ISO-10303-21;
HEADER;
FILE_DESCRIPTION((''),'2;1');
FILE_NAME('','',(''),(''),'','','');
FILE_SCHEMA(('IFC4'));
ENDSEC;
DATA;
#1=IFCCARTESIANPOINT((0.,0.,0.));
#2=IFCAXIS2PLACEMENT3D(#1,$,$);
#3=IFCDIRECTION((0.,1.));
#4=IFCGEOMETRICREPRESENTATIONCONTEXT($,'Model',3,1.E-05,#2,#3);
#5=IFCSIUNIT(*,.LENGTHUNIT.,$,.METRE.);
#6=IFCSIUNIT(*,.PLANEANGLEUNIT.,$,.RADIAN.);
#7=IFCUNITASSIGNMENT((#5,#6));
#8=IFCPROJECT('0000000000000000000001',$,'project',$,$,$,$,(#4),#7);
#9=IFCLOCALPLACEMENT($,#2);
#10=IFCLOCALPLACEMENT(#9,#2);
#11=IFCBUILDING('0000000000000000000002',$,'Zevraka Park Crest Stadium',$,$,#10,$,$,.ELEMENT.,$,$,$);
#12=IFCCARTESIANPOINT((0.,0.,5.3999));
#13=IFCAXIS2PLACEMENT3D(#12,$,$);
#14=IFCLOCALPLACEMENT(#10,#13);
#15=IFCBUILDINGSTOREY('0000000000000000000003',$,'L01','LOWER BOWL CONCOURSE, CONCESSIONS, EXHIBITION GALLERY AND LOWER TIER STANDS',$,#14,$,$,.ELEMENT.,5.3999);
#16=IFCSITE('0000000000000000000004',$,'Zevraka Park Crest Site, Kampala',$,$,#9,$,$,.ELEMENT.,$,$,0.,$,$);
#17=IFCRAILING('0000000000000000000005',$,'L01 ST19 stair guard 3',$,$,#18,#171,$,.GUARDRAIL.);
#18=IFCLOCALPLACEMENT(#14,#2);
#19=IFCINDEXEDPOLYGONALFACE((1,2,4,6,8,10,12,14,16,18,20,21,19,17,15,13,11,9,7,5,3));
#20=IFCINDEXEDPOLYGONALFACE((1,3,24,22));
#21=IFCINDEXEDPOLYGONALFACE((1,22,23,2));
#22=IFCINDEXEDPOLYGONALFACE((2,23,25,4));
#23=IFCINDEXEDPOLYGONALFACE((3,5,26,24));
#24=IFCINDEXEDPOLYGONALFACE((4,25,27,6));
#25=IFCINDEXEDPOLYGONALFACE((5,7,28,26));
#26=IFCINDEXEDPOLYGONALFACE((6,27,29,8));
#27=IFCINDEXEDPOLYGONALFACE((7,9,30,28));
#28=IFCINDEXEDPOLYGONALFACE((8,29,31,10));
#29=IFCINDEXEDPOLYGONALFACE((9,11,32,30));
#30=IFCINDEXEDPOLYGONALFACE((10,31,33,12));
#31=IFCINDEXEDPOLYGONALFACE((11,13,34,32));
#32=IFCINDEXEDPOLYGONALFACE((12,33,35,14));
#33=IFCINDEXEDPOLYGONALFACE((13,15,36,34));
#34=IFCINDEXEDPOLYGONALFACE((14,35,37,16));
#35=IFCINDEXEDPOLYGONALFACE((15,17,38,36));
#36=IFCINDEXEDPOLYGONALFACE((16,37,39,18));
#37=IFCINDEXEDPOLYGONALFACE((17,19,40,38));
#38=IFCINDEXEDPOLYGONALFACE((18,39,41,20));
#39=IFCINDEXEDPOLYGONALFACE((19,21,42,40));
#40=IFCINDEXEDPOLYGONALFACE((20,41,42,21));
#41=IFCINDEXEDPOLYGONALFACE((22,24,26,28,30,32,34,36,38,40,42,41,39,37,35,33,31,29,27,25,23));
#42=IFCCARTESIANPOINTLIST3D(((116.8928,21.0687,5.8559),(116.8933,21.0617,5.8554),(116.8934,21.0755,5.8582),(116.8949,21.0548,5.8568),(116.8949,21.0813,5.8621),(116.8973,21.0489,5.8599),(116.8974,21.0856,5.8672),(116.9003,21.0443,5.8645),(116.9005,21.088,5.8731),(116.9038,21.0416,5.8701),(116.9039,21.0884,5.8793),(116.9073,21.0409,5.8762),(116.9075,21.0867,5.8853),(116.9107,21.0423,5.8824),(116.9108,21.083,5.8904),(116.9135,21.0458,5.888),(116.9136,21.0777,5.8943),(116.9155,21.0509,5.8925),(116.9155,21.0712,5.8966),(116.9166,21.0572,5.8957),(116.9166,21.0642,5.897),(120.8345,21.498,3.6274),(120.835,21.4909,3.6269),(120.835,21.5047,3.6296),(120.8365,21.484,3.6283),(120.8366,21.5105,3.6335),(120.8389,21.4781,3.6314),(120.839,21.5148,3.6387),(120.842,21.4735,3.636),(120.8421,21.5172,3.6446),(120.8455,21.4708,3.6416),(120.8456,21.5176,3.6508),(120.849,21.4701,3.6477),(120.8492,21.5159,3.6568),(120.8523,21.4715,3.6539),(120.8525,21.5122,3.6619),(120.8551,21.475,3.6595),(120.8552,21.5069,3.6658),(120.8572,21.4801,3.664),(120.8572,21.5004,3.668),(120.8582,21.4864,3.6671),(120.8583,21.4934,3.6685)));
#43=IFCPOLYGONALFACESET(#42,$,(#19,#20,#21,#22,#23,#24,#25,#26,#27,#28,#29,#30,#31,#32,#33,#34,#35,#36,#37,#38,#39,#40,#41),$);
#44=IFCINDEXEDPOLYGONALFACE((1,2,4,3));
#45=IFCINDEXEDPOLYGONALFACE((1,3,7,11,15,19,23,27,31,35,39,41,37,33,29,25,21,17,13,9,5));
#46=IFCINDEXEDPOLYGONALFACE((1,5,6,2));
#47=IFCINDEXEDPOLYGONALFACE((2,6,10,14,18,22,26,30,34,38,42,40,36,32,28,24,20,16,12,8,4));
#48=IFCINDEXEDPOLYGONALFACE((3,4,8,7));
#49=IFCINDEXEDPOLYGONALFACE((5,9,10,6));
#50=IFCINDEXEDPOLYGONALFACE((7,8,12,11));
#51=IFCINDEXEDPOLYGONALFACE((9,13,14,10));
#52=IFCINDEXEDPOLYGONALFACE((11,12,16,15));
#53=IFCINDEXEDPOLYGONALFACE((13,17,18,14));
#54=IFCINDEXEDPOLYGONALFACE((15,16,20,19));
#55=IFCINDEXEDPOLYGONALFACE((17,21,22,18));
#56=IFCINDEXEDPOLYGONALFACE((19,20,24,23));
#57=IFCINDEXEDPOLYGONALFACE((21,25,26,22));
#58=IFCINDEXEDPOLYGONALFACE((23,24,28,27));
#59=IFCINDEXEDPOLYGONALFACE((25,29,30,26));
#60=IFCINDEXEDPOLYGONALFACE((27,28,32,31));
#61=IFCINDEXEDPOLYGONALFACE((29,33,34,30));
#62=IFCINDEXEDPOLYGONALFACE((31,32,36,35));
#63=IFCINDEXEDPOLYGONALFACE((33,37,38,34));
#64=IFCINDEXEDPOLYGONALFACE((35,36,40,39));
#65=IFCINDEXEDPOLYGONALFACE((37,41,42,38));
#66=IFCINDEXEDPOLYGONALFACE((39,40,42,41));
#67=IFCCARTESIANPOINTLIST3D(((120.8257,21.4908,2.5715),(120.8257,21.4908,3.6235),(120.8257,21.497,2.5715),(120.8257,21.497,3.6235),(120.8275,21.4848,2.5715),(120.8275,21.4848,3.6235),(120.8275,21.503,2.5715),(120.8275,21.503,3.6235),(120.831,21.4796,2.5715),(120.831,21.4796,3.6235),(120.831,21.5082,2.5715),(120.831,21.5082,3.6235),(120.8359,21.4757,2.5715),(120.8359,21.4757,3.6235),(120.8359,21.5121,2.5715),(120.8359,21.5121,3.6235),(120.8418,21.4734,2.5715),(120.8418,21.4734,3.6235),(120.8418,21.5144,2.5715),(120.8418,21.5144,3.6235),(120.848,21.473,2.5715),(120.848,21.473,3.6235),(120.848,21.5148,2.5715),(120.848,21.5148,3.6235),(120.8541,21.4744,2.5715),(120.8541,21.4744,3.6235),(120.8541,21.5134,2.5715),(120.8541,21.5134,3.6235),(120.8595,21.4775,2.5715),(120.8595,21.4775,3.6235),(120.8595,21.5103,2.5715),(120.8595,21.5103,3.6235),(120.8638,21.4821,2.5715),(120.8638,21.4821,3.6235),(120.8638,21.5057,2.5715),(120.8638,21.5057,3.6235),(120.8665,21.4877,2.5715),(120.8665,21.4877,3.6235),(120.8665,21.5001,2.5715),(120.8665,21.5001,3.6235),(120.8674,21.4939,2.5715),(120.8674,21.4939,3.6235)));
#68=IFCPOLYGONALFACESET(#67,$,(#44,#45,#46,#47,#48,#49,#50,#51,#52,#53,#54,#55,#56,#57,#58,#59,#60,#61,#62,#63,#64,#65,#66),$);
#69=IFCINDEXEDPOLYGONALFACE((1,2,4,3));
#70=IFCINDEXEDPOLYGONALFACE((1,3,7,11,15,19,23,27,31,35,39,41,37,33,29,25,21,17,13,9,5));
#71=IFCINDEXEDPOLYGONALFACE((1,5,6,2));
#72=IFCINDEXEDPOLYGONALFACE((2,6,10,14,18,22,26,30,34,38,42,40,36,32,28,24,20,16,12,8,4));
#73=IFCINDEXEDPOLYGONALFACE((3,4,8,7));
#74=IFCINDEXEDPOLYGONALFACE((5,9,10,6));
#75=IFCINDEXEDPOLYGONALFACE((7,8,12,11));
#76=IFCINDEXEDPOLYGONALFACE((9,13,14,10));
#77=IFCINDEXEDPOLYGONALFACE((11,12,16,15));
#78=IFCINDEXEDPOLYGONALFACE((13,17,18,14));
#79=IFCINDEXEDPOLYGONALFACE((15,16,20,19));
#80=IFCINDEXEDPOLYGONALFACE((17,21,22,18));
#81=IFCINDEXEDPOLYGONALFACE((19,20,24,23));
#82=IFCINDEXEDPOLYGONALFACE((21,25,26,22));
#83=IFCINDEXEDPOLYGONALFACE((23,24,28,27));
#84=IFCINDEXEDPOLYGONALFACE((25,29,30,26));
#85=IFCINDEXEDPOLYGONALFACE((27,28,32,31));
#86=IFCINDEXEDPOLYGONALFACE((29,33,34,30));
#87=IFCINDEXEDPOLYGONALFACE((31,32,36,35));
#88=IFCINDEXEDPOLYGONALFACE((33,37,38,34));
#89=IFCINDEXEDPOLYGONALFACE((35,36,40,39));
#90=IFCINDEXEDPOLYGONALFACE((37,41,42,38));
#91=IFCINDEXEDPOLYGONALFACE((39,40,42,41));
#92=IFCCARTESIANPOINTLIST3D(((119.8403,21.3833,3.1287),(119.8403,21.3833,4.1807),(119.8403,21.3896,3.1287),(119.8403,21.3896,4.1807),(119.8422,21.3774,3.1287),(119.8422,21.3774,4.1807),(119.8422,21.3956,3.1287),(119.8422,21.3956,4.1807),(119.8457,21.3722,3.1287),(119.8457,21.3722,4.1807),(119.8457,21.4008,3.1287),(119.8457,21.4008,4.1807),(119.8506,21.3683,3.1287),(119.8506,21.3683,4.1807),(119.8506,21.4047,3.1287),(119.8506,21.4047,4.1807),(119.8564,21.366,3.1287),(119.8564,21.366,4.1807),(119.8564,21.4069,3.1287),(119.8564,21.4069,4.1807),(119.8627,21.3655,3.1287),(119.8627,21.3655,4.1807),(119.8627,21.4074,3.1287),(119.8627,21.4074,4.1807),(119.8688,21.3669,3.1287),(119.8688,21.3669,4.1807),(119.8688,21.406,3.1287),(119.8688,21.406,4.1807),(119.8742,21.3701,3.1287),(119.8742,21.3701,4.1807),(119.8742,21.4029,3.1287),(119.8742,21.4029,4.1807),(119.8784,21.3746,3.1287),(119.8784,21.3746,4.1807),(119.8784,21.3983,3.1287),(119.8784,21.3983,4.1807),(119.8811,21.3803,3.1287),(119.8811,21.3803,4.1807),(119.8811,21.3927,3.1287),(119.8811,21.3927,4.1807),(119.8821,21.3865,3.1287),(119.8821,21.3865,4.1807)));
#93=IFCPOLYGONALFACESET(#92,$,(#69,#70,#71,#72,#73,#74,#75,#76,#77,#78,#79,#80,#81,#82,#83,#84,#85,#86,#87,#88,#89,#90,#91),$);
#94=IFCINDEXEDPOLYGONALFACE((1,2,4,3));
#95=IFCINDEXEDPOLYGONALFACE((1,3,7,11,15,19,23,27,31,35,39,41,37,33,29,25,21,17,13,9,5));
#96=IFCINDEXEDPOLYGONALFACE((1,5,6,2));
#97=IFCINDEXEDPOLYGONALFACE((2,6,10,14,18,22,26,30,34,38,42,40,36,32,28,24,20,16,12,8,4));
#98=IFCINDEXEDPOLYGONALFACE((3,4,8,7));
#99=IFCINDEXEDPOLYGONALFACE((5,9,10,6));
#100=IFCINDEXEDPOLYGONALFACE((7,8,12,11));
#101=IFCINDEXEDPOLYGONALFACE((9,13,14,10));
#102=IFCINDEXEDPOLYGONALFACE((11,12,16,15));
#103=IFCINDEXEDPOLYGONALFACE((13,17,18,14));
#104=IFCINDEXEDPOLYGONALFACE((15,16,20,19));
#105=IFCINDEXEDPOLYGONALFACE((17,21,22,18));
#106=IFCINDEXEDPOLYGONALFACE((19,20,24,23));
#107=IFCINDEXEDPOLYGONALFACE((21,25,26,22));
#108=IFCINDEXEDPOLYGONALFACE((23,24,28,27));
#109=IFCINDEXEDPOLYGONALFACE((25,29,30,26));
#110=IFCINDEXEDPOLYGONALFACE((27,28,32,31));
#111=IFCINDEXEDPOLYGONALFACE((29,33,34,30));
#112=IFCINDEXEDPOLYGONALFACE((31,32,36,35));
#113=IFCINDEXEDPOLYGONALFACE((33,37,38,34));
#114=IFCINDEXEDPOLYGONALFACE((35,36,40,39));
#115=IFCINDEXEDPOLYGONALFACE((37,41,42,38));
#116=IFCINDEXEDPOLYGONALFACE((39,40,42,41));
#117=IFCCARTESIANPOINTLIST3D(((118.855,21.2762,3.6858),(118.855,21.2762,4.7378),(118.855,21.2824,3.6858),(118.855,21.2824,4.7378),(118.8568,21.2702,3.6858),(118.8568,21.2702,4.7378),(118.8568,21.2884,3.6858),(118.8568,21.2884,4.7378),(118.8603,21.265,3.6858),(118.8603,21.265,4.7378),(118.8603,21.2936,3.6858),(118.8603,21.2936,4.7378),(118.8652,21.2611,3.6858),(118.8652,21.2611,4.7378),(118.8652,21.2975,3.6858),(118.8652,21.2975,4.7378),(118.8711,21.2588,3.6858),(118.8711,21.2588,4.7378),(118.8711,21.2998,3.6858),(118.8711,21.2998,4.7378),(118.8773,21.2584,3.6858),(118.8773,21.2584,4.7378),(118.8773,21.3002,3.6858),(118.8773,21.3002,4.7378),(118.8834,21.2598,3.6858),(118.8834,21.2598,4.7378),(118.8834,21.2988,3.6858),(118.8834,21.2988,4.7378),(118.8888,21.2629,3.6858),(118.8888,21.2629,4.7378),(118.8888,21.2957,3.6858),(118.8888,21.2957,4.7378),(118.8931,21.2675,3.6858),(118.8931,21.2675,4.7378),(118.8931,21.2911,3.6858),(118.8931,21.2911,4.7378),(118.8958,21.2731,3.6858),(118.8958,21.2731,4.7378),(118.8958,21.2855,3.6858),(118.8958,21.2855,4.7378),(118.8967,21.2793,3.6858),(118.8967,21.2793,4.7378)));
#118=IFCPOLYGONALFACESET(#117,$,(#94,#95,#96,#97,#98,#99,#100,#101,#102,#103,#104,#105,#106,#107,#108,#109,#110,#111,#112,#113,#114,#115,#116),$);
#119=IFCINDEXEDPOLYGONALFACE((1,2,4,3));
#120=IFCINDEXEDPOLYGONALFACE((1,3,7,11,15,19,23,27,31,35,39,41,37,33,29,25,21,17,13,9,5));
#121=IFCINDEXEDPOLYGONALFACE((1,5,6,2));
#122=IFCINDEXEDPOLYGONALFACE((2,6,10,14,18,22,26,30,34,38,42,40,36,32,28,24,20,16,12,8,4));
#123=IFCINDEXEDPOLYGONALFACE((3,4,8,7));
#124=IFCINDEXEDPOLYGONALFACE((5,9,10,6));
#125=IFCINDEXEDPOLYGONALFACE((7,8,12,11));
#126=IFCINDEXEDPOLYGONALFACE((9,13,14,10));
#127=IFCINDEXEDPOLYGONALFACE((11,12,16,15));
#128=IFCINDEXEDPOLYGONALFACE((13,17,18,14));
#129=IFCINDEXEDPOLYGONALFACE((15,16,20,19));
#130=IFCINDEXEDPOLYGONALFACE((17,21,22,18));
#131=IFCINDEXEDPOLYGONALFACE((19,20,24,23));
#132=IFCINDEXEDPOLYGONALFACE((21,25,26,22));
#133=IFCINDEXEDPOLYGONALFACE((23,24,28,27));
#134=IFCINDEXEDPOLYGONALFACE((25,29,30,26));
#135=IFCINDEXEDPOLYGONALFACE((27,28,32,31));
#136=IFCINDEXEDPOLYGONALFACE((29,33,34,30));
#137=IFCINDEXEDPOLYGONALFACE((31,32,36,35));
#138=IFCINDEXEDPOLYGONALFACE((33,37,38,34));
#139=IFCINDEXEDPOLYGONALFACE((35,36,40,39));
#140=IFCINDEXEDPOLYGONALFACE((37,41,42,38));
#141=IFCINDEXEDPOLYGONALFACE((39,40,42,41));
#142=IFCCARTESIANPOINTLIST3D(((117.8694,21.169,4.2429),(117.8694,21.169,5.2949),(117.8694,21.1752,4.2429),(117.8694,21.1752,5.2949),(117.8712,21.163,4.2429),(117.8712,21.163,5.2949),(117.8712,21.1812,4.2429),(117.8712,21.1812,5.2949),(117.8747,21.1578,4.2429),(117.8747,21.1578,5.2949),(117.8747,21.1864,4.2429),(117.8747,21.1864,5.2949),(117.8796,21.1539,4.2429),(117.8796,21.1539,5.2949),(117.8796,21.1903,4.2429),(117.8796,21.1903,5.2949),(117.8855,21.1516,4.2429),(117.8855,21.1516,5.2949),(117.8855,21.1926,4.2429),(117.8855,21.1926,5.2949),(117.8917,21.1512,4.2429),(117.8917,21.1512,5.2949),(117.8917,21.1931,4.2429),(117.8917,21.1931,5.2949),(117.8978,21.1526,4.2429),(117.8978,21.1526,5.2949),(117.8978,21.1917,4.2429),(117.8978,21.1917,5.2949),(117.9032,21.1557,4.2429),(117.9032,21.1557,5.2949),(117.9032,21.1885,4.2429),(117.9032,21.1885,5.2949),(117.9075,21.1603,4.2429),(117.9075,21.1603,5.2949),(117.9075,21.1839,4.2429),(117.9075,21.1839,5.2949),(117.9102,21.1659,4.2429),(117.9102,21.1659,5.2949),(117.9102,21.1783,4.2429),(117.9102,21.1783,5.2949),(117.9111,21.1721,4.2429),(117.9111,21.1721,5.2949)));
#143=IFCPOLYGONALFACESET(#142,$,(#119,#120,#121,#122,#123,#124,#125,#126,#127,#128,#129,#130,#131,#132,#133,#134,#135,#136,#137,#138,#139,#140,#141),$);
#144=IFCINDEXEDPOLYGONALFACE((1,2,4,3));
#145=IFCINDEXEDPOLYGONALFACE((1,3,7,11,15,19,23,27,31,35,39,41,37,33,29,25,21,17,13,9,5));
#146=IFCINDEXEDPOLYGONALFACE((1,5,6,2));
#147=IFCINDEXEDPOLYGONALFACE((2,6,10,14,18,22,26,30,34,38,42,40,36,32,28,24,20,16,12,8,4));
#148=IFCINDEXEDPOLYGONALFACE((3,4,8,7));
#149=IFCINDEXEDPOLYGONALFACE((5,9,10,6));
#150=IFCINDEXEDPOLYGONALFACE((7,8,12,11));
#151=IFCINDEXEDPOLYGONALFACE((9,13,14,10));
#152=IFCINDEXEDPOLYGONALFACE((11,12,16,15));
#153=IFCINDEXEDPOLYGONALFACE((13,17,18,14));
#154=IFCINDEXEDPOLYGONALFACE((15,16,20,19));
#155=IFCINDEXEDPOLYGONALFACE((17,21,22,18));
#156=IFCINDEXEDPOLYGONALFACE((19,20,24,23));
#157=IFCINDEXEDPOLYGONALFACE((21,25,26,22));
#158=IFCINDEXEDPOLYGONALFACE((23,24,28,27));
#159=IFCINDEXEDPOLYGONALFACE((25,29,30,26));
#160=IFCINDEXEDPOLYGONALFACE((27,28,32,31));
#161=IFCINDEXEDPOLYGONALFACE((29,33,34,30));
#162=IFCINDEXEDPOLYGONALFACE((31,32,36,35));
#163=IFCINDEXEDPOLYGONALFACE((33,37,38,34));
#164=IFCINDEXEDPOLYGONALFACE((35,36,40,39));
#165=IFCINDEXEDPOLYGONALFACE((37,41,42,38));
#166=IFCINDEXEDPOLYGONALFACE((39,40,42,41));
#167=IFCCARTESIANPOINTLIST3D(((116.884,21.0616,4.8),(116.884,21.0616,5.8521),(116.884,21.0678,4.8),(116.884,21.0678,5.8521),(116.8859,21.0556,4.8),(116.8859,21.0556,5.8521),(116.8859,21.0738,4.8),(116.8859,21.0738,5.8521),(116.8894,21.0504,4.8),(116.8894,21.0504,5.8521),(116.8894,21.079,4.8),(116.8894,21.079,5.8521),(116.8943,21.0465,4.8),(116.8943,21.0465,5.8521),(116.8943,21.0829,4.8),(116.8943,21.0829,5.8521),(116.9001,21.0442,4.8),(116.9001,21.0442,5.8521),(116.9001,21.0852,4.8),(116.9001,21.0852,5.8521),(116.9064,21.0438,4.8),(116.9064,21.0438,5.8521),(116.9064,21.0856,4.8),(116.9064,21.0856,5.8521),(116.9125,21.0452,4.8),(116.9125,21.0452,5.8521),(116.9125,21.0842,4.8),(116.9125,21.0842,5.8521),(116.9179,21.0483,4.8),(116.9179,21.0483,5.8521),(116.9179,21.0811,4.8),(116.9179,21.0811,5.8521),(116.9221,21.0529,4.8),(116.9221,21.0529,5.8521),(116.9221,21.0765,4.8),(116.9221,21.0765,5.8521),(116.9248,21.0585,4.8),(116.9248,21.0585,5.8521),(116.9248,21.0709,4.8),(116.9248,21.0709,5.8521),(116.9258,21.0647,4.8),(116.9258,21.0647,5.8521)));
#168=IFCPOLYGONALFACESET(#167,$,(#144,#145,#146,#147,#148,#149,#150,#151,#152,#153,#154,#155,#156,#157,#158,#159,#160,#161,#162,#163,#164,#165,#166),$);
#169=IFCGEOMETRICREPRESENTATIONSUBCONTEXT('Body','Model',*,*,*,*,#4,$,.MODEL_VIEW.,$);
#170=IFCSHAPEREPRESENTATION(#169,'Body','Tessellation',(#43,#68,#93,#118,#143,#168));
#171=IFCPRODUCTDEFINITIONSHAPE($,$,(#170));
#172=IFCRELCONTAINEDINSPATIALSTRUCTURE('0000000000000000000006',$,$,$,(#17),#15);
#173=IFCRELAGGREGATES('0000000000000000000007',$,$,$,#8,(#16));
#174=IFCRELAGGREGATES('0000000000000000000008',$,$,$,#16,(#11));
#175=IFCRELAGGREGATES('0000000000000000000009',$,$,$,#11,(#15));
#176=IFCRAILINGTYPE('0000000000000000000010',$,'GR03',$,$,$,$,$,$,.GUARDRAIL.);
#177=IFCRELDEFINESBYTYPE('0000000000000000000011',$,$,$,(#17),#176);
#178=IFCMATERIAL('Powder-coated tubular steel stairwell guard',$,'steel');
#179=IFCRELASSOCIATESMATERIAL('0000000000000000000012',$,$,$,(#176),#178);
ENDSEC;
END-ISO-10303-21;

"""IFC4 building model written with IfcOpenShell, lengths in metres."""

from ifc_helpers import new_model, si_unit, direction, frame, origin, origin_2d, place, context, subcontext, project, spatial, circle, extrude, material, type_object, element, save


model = new_model("IFC4")

# Units and contexts
model_context = context("Model", 3, precision=1e-05, world=origin(), true_north=direction((0.0, 1.0)))
body_context = subcontext(model_context, "Body", "Model", "MODEL_VIEW")
ifc_project = project(units=[si_unit("LENGTHUNIT", "METRE"), si_unit("PLANEANGLEUNIT", "RADIAN")], contexts=[model_context])

# Site, building, storey
site_placement = place(None, origin())
site = spatial("IfcSite", under=ifc_project, at=site_placement, Name="Zevraka Park Crest Site, Kampala", CompositionType="ELEMENT", RefElevation=0.0)
building_placement = place(site_placement, origin())
building = spatial("IfcBuilding", under=site, at=building_placement, Name="Zevraka Park Crest Stadium", CompositionType="ELEMENT")
storey_placement = place(building_placement, frame((0.0, 0.0, 5.3999)))
storey = spatial("IfcBuildingStorey", under=building, at=storey_placement, Name="L01", Description="LOWER BOWL CONCOURSE, CONCESSIONS, EXHIBITION GALLERY AND LOWER TIER STANDS", CompositionType="ELEMENT", Elevation=5.3999)

# Railing
ifc_material_1 = material(Name="Powder-coated tubular steel stairwell guard", Category="steel")
railing_type_1 = type_object("IfcRailingType", Name="GR03", PredefinedType="GUARDRAIL", material=ifc_material_1)
railing_1_placement = place(storey_placement, frame((120.8464, 21.4939, 2.5715)))
element("IfcRailing", 1, at=railing_1_placement, inside=storey, type_object=railing_type_1, Name="L01 ST19 stair guard 3", PredefinedType="GUARDRAIL", context=body_context, shape_type="SweptSolid", body=[
    extrude(circle(Radius=0.0239, at=origin_2d()), frame((0.0, 0.0, 1.0762), z_axis=(-0.866619, -0.094365, 0.489966), x_axis=(0.108248, -0.994124, 0.0)), (0.0, 0.0, 1.0), 4.5483),
    extrude(circle(Radius=0.021, at=origin_2d()), origin(), (0.0, 0.0, 1.0), 1.052),
    extrude(circle(Radius=0.021, at=origin_2d()), frame((-0.9854, -0.1074, 0.5571)), (0.0, 0.0, 1.0), 1.052),
    extrude(circle(Radius=0.021, at=origin_2d()), frame((-1.9707, -0.2146, 1.1143)), (0.0, 0.0, 1.0), 1.052),
    extrude(circle(Radius=0.021, at=origin_2d()), frame((-2.9563, -0.3218, 1.6714)), (0.0, 0.0, 1.0), 1.052),
    extrude(circle(Radius=0.021, at=origin_2d()), frame((-3.9417, -0.4292, 2.2285)), (0.0, 0.0, 1.0), 1.052),
])

save(model, "model.ifc")
